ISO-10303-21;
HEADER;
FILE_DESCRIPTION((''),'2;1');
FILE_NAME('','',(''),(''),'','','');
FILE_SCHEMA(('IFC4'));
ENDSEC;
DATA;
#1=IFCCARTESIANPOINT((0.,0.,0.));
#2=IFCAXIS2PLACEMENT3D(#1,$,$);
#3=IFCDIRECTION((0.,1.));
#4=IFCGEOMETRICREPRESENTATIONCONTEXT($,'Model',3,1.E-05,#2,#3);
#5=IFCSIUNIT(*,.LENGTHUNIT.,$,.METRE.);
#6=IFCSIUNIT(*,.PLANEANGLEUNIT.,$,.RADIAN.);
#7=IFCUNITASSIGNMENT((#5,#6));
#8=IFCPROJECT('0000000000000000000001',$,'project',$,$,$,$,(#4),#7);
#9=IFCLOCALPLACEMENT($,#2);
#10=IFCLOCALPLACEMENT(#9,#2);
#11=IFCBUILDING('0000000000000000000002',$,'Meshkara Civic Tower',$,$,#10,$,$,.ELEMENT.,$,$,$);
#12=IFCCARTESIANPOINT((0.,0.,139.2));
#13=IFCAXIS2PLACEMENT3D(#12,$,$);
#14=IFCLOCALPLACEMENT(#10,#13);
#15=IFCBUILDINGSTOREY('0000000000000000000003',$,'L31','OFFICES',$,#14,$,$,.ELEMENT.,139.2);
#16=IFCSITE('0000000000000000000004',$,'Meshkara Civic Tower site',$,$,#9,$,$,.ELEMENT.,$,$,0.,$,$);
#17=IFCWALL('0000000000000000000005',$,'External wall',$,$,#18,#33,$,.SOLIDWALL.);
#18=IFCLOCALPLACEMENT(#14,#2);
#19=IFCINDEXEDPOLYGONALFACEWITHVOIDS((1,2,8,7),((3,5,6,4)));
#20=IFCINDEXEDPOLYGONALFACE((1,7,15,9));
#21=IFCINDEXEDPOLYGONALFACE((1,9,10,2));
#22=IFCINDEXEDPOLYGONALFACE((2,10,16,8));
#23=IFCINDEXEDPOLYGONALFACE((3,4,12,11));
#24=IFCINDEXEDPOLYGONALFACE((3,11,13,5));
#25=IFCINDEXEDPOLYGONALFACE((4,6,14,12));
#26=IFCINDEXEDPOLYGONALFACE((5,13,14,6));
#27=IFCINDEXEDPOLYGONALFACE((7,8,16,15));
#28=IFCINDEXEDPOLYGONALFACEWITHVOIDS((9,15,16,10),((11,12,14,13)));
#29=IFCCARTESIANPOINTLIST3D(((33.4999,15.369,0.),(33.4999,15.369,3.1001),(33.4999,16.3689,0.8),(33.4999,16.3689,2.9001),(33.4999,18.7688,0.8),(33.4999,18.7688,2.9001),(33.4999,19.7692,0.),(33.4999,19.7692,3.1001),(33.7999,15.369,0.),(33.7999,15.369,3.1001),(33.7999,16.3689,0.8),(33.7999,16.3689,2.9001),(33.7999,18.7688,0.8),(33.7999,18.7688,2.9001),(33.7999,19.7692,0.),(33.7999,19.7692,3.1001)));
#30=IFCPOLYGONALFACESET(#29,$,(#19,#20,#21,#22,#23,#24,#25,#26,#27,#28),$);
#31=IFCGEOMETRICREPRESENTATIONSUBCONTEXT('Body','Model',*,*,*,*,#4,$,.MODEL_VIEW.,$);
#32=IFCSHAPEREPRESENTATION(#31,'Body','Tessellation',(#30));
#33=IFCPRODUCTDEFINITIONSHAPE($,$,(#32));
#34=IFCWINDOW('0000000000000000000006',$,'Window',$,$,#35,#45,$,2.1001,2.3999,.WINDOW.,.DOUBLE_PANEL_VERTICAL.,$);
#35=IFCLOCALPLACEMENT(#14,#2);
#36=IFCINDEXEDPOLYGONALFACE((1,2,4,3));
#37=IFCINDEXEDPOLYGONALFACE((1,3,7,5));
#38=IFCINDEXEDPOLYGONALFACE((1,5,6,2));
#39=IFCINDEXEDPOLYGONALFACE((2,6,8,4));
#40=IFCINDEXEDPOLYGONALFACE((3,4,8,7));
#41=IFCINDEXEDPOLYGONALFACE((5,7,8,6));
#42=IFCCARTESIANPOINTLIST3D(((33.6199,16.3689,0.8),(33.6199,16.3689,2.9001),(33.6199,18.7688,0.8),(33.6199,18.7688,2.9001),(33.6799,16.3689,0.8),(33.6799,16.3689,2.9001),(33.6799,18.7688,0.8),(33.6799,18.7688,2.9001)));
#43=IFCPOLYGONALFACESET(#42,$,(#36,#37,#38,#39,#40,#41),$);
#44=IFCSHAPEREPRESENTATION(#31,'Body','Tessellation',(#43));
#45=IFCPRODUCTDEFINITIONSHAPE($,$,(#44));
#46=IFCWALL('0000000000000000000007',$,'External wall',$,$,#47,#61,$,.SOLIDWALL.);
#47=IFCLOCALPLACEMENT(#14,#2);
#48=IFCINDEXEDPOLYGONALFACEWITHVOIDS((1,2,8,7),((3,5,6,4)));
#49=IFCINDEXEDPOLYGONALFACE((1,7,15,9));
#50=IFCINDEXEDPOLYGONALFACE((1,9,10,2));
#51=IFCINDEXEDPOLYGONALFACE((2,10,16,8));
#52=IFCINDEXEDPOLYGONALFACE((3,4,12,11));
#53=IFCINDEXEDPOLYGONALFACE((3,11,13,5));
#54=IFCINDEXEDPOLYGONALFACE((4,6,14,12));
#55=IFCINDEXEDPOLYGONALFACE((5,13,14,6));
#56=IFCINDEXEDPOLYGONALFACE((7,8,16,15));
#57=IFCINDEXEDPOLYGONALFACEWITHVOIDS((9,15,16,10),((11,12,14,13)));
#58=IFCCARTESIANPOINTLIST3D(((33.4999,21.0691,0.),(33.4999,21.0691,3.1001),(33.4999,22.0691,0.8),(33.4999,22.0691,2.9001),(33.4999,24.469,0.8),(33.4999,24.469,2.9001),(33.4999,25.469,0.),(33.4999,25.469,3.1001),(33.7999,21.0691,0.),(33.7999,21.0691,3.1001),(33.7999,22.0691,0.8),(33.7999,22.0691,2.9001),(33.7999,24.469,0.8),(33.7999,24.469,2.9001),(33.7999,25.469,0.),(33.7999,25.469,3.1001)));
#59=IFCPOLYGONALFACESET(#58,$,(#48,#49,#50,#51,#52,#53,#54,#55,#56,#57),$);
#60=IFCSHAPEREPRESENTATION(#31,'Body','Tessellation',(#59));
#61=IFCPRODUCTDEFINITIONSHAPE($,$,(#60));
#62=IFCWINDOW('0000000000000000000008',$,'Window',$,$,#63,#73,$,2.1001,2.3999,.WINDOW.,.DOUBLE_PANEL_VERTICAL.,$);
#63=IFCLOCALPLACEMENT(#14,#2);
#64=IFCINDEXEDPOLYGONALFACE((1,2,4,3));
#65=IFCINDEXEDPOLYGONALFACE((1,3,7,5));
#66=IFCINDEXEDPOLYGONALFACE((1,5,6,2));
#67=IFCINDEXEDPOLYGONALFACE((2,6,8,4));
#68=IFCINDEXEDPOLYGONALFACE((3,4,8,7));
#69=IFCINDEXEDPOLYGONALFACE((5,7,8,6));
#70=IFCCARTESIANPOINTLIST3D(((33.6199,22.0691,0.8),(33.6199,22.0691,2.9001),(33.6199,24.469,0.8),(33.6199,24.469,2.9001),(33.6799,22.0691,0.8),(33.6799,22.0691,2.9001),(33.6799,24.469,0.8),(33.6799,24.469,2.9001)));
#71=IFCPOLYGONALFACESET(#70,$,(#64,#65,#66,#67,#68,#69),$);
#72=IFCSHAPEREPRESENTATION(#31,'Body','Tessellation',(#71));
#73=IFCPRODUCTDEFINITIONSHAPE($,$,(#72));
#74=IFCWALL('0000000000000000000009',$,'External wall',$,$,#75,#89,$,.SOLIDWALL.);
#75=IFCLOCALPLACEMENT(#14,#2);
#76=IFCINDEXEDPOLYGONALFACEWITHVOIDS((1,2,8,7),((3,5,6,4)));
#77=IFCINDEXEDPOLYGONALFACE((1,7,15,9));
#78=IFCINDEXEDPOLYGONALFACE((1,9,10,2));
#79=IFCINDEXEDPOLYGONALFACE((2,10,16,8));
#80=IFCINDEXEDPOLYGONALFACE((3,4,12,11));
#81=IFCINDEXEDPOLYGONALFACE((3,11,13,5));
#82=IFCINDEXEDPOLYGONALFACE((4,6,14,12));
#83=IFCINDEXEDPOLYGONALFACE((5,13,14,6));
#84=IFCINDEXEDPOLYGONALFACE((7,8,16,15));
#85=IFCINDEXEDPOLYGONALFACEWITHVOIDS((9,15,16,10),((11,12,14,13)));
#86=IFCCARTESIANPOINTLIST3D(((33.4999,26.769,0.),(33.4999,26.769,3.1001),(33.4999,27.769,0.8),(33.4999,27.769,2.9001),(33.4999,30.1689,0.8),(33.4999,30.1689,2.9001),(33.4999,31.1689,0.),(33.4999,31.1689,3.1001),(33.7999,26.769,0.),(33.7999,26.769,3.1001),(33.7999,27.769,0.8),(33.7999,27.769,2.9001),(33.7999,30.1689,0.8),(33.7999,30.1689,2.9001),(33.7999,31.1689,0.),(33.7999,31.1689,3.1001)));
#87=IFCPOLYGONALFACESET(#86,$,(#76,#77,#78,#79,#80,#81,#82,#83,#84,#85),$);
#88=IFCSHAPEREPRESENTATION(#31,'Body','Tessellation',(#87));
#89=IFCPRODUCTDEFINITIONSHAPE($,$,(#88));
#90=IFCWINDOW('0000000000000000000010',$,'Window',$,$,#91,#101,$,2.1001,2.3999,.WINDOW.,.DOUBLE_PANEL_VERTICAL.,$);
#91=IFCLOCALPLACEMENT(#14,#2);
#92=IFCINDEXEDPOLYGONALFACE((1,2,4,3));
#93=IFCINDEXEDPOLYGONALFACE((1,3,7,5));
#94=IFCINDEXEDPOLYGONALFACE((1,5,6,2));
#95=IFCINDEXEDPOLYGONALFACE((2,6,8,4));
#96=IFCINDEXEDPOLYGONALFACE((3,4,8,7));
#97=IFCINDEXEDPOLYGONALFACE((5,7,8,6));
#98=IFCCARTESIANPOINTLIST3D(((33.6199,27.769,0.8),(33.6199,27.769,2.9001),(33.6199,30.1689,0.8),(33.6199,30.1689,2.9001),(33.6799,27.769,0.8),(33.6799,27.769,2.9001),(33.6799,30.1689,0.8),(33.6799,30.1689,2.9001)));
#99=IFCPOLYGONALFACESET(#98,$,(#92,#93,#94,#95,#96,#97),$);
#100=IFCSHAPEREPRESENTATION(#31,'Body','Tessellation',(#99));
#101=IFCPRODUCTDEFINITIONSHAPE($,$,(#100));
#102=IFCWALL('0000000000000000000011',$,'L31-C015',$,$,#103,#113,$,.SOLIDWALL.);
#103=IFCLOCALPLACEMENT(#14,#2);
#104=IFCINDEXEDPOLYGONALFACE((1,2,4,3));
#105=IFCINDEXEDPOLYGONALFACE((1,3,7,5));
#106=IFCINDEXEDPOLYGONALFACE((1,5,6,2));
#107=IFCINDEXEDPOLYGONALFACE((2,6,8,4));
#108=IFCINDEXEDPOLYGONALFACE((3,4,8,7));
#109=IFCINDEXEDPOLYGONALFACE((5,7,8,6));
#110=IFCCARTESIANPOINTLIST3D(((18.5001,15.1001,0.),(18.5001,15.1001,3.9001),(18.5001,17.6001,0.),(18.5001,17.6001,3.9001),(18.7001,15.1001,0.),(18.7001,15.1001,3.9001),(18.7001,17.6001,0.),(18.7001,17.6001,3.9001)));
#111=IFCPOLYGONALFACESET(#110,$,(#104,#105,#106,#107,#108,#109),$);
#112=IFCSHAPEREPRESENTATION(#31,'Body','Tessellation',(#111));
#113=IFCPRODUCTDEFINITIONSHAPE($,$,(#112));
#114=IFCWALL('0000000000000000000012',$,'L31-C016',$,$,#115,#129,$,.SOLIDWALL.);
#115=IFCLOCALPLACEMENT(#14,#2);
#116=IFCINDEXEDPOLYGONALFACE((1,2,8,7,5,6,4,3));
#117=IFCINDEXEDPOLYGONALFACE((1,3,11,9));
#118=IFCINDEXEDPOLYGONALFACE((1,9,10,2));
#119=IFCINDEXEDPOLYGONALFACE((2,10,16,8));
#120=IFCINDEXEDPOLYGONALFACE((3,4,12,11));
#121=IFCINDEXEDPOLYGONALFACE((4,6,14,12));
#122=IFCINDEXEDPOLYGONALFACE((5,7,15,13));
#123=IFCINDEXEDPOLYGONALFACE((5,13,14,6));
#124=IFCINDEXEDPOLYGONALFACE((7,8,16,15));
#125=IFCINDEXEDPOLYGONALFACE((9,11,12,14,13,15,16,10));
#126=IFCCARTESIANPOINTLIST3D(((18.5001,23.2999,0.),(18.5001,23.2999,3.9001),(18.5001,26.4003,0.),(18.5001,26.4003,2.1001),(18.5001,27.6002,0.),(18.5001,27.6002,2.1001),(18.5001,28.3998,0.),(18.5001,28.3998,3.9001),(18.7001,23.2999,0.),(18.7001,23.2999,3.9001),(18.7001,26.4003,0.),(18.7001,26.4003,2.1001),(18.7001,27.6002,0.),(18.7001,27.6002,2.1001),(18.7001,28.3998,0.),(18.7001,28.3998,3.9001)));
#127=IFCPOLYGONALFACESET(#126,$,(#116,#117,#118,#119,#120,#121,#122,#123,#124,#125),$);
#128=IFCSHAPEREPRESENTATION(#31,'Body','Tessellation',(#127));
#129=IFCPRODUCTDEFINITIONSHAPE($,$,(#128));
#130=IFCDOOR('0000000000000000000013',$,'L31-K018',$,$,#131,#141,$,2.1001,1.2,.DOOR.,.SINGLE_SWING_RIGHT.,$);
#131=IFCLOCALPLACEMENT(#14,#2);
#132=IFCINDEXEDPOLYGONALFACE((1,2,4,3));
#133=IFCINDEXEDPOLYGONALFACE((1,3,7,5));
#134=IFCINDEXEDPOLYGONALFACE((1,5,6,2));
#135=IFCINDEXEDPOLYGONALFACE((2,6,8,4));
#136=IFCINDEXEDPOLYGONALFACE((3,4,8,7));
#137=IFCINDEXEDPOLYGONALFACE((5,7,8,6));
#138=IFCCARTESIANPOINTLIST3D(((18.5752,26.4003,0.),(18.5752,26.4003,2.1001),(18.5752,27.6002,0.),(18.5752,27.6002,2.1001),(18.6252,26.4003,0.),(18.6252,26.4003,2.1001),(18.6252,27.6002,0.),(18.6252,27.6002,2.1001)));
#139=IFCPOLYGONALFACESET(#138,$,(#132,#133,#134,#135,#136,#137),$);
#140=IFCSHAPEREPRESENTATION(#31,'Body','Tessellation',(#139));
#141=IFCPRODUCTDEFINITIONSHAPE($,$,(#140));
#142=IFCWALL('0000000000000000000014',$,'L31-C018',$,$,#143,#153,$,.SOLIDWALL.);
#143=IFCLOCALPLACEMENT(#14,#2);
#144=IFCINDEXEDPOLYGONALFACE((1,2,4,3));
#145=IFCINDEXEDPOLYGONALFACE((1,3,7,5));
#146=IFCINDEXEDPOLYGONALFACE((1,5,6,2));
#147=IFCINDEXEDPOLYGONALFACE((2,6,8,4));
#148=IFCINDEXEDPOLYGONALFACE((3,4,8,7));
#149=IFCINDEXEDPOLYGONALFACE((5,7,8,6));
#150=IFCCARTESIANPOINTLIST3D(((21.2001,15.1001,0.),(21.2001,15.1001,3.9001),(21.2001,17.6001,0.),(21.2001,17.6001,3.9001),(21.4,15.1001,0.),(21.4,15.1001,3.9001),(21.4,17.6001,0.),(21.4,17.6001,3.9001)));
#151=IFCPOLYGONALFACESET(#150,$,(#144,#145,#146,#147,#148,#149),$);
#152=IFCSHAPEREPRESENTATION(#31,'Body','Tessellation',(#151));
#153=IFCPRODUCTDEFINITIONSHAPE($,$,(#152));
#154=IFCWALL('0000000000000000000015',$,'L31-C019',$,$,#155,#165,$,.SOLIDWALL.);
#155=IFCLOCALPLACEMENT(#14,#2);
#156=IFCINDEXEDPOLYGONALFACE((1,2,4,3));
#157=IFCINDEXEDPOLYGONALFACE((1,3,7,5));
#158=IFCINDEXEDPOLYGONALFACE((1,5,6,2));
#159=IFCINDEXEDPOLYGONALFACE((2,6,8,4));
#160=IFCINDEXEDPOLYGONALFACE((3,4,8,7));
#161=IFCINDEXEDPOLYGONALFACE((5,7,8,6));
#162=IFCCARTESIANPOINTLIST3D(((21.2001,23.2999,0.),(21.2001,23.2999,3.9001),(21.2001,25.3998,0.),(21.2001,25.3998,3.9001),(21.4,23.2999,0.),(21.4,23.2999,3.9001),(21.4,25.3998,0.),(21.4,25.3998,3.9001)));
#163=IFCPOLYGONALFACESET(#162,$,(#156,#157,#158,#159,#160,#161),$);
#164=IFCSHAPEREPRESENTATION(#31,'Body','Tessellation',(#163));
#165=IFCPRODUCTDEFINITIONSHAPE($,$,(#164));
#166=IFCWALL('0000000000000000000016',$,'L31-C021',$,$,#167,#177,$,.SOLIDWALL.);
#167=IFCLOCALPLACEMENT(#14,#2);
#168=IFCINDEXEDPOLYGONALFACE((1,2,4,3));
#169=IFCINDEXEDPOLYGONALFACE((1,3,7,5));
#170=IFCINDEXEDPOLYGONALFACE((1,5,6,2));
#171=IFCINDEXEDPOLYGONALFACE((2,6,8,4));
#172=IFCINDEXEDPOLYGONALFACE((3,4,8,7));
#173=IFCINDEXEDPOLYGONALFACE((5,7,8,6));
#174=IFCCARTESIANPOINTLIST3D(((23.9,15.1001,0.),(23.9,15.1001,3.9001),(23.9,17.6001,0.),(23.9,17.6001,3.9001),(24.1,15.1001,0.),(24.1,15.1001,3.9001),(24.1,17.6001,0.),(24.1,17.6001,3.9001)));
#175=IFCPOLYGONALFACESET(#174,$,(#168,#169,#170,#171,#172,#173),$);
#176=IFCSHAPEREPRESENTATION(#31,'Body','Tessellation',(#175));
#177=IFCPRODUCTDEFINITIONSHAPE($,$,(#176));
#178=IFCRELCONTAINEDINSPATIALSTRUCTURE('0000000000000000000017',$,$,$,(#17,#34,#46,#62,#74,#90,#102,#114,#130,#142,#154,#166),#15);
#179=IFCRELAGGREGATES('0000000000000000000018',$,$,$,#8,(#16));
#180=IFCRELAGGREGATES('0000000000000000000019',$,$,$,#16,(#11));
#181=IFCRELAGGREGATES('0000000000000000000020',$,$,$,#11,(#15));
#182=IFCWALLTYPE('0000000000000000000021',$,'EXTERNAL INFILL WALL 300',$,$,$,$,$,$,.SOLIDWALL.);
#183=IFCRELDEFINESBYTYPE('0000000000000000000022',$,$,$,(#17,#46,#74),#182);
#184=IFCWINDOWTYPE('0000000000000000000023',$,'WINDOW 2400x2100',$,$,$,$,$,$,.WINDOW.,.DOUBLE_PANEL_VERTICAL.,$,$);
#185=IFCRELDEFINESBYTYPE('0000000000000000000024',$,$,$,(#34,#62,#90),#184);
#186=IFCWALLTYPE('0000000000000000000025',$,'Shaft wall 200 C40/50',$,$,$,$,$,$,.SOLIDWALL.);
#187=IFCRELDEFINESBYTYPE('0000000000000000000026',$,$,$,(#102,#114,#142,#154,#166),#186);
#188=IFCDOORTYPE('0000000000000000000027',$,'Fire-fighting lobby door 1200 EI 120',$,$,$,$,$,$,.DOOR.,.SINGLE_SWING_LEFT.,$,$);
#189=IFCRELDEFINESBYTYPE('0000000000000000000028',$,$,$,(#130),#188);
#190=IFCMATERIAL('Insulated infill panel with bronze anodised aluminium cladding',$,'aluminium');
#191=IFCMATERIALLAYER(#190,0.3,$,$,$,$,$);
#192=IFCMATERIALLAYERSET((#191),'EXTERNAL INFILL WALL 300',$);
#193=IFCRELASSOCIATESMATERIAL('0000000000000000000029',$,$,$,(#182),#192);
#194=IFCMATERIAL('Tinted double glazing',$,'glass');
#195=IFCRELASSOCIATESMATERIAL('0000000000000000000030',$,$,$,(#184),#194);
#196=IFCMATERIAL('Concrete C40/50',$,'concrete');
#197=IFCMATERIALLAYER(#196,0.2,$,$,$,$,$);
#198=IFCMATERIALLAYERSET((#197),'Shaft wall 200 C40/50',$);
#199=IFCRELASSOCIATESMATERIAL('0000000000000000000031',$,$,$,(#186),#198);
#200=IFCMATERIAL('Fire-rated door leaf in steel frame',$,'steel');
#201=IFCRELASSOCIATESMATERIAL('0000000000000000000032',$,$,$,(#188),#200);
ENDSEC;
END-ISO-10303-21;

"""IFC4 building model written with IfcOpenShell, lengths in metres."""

from ifc_helpers import new_model, si_unit, direction, frame, frame_2d, origin, place, context, subcontext, project, spatial, rectangle, extrude, material, layer, layer_set, type_object, element, fill, save


model = new_model("IFC4")

# Units and contexts
model_context = context("Model", 3, precision=1e-05, world=origin(), true_north=direction((0.0, 1.0)))
body_context = subcontext(model_context, "Body", "Model", "MODEL_VIEW")
ifc_project = project(units=[si_unit("LENGTHUNIT", "METRE"), si_unit("PLANEANGLEUNIT", "RADIAN")], contexts=[model_context])

# Site, building, storey
site_placement = place(None, origin())
site = spatial("IfcSite", under=ifc_project, at=site_placement, Name="Meshkara Civic Tower site", CompositionType="ELEMENT", RefElevation=0.0)
building_placement = place(site_placement, origin())
building = spatial("IfcBuilding", under=site, at=building_placement, Name="Meshkara Civic Tower", CompositionType="ELEMENT")
storey_placement = place(building_placement, frame((0.0, 0.0, 139.2)))
storey = spatial("IfcBuildingStorey", under=building, at=storey_placement, Name="L31", Description="OFFICES", CompositionType="ELEMENT", Elevation=139.2)

# Walls, openings, windows
ifc_material_1 = material(Name="Insulated infill panel with bronze anodised aluminium cladding", Category="aluminium")
ifc_layer_1 = layer(ifc_material_1, 0.3)
ifc_layer_set_1 = layer_set([ifc_layer_1], Name="EXTERNAL INFILL WALL 300")
wall_type_1 = type_object("IfcWallType", Name="EXTERNAL INFILL WALL 300", PredefinedType="SOLIDWALL", material=ifc_layer_set_1)
ifc_material_2 = material(Name="Tinted double glazing", Category="glass")
window_type = type_object("IfcWindowType", Name="WINDOW 2400x2100", PartitioningType="DOUBLE_PANEL_VERTICAL", PredefinedType="WINDOW", material=ifc_material_2)
wall_1_placement = place(storey_placement, frame((33.6499, 15.3689, 0.0), z_axis=(0.0, 0.0, 1.0), x_axis=(0.0, 1.0, 0.0)))
wall_1 = element("IfcWall", 1, at=wall_1_placement, inside=storey, type_object=wall_type_1, Name="External wall", PredefinedType="SOLIDWALL", context=body_context, shape_type="SweptSolid", body=[
    extrude(rectangle(XDim=4.4001, YDim=0.3, at=frame_2d((2.2002, 0.0))), origin(), (0.0, 0.0, 1.0), 3.1001),
])
opening_1_placement = place(wall_1_placement, frame((1.0, 0.0, 0.8)))
opening_1 = element("IfcOpeningElement", 2, at=opening_1_placement, cuts=wall_1, PredefinedType="OPENING", context=body_context, shape_type="SweptSolid", body=[
    extrude(rectangle(XDim=2.3999, YDim=2.1001, at=frame_2d((1.2, 1.05))), frame((0.0, 0.1599, 0.0), z_axis=(0.0, -1.0, 0.0), x_axis=(1.0, 0.0, 0.0)), (0.0, 0.0, 1.0), 0.3201),
])
window_1_placement = place(opening_1_placement, origin())
window_1 = element("IfcWindow", 3, at=window_1_placement, inside=storey, type_object=window_type, Name="Window", OverallHeight=2.1001, OverallWidth=2.3999, PartitioningType="DOUBLE_PANEL_VERTICAL", PredefinedType="WINDOW", context=body_context, shape_type="SweptSolid", body=[
    extrude(rectangle(XDim=2.3999, YDim=2.1001, at=frame_2d((1.2, 1.05))), frame((0.0, 0.03, 0.0), z_axis=(0.0, -1.0, 0.0), x_axis=(1.0, 0.0, 0.0)), (0.0, 0.0, 1.0), 0.0601),
])
fill(opening_1, window_1)
wall_2_placement = place(storey_placement, frame((33.6499, 21.0691, 0.0), z_axis=(0.0, 0.0, 1.0), x_axis=(0.0, 1.0, 0.0)))
wall_2 = element("IfcWall", 4, at=wall_2_placement, inside=storey, type_object=wall_type_1, Name="External wall", PredefinedType="SOLIDWALL", context=body_context, shape_type="SweptSolid", body=[
    extrude(rectangle(XDim=4.3999, YDim=0.3, at=frame_2d((2.2, 0.0))), origin(), (0.0, 0.0, 1.0), 3.1001),
])
opening_2_placement = place(wall_2_placement, frame((1.0, 0.0, 0.8)))
opening_2 = element("IfcOpeningElement", 5, at=opening_2_placement, cuts=wall_2, PredefinedType="OPENING", context=body_context, shape_type="SweptSolid", body=[
    extrude(rectangle(XDim=2.3999, YDim=2.1001, at=frame_2d((1.2, 1.05))), frame((0.0, 0.1599, 0.0), z_axis=(0.0, -1.0, 0.0), x_axis=(1.0, 0.0, 0.0)), (0.0, 0.0, 1.0), 0.3201),
])
window_2_placement = place(opening_2_placement, origin())
window_2 = element("IfcWindow", 6, at=window_2_placement, inside=storey, type_object=window_type, Name="Window", OverallHeight=2.1001, OverallWidth=2.3999, PartitioningType="DOUBLE_PANEL_VERTICAL", PredefinedType="WINDOW", context=body_context, shape_type="SweptSolid", body=[
    extrude(rectangle(XDim=2.3999, YDim=2.1001, at=frame_2d((1.2, 1.05))), frame((0.0, 0.03, 0.0), z_axis=(0.0, -1.0, 0.0), x_axis=(1.0, 0.0, 0.0)), (0.0, 0.0, 1.0), 0.0601),
])
fill(opening_2, window_2)
wall_3_placement = place(storey_placement, frame((33.6499, 26.769, 0.0), z_axis=(0.0, 0.0, 1.0), x_axis=(0.0, 1.0, 0.0)))
wall_3 = element("IfcWall", 7, at=wall_3_placement, inside=storey, type_object=wall_type_1, Name="External wall", PredefinedType="SOLIDWALL", context=body_context, shape_type="SweptSolid", body=[
    extrude(rectangle(XDim=4.3999, YDim=0.3, at=frame_2d((2.2, 0.0))), origin(), (0.0, 0.0, 1.0), 3.1001),
])
opening_3_placement = place(wall_3_placement, frame((1.0, 0.0, 0.8)))
opening_3 = element("IfcOpeningElement", 8, at=opening_3_placement, cuts=wall_3, PredefinedType="OPENING", context=body_context, shape_type="SweptSolid", body=[
    extrude(rectangle(XDim=2.3999, YDim=2.1001, at=frame_2d((1.2, 1.05))), frame((0.0, 0.1599, 0.0), z_axis=(0.0, -1.0, 0.0), x_axis=(1.0, 0.0, 0.0)), (0.0, 0.0, 1.0), 0.3201),
])
window_3_placement = place(opening_3_placement, origin())
window_3 = element("IfcWindow", 9, at=window_3_placement, inside=storey, type_object=window_type, Name="Window", OverallHeight=2.1001, OverallWidth=2.3999, PartitioningType="DOUBLE_PANEL_VERTICAL", PredefinedType="WINDOW", context=body_context, shape_type="SweptSolid", body=[
    extrude(rectangle(XDim=2.3999, YDim=2.1001, at=frame_2d((1.2, 1.05))), frame((0.0, 0.03, 0.0), z_axis=(0.0, -1.0, 0.0), x_axis=(1.0, 0.0, 0.0)), (0.0, 0.0, 1.0), 0.0601),
])
fill(opening_3, window_3)

# Wall
ifc_material_3 = material(Name="Concrete C40/50", Category="concrete")
ifc_layer_2 = layer(ifc_material_3, 0.2)
ifc_layer_set_2 = layer_set([ifc_layer_2], Name="Shaft wall 200 C40/50")
wall_type_2 = type_object("IfcWallType", Name="Shaft wall 200 C40/50", PredefinedType="SOLIDWALL", material=ifc_layer_set_2)
wall_4_placement = place(storey_placement, frame((18.6001, 15.1001, 0.0), z_axis=(0.0, 0.0, 1.0), x_axis=(0.0, 1.0, 0.0)))
element("IfcWall", 10, at=wall_4_placement, inside=storey, type_object=wall_type_2, Name="L31-C015", PredefinedType="SOLIDWALL", context=body_context, shape_type="SweptSolid", body=[
    extrude(rectangle(XDim=2.5, YDim=0.2, at=frame_2d((1.25, 0.0))), origin(), (0.0, 0.0, 1.0), 3.9001),
])

# Wall, opening, door
wall_5_placement = place(storey_placement, frame((18.6001, 23.3, 0.0), z_axis=(0.0, 0.0, 1.0), x_axis=(0.0, 1.0, 0.0)))
wall_5 = element("IfcWall", 11, at=wall_5_placement, inside=storey, type_object=wall_type_2, Name="L31-C016", PredefinedType="SOLIDWALL", context=body_context, shape_type="SweptSolid", body=[
    extrude(rectangle(XDim=5.0999, YDim=0.2, at=frame_2d((2.5498, 0.0))), origin(), (0.0, 0.0, 1.0), 3.9001),
])
opening_4_placement = place(wall_5_placement, frame((3.1001, 0.0, 0.0)))
opening_4 = element("IfcOpeningElement", 12, at=opening_4_placement, cuts=wall_5, PredefinedType="OPENING", context=body_context, shape_type="SweptSolid", body=[
    extrude(rectangle(XDim=1.2, YDim=2.1001, at=frame_2d((0.6001, 1.05))), frame((0.0, 0.1099, 0.0), z_axis=(0.0, -1.0, 0.0), x_axis=(1.0, 0.0, 0.0)), (0.0, 0.0, 1.0), 0.22),
])
ifc_material_4 = material(Name="Fire-rated door leaf in steel frame", Category="steel")
door_type_1 = type_object("IfcDoorType", Name="Fire-fighting lobby door 1200 EI 120", OperationType="SINGLE_SWING_LEFT", PredefinedType="DOOR", material=ifc_material_4)
door_1_placement = place(opening_4_placement, origin())
door_1 = element("IfcDoor", 13, at=door_1_placement, inside=storey, type_object=door_type_1, Name="L31-K018", OperationType="SINGLE_SWING_RIGHT", OverallHeight=2.1001, OverallWidth=1.2, PredefinedType="DOOR", context=body_context, shape_type="SweptSolid", body=[
    extrude(rectangle(XDim=1.2, YDim=2.1001, at=frame_2d((0.6001, 1.05))), frame((0.0, 0.0249, 0.0), z_axis=(0.0, -1.0, 0.0), x_axis=(1.0, 0.0, 0.0)), (0.0, 0.0, 1.0), 0.05),
])
fill(opening_4, door_1)

# Walls
wall_6_placement = place(storey_placement, frame((21.3, 15.1001, 0.0), z_axis=(0.0, 0.0, 1.0), x_axis=(0.0, 1.0, 0.0)))
element("IfcWall", 14, at=wall_6_placement, inside=storey, type_object=wall_type_2, Name="L31-C018", PredefinedType="SOLIDWALL", context=body_context, shape_type="SweptSolid", body=[
    extrude(rectangle(XDim=2.5, YDim=0.2, at=frame_2d((1.25, 0.0))), origin(), (0.0, 0.0, 1.0), 3.9001),
])
wall_7_placement = place(storey_placement, frame((21.3, 23.3, 0.0), z_axis=(0.0, 0.0, 1.0), x_axis=(0.0, 1.0, 0.0)))
element("IfcWall", 15, at=wall_7_placement, inside=storey, type_object=wall_type_2, Name="L31-C019", PredefinedType="SOLIDWALL", context=body_context, shape_type="SweptSolid", body=[
    extrude(rectangle(XDim=2.0999, YDim=0.2, at=frame_2d((1.0498, 0.0))), origin(), (0.0, 0.0, 1.0), 3.9001),
])
wall_8_placement = place(storey_placement, frame((24.0, 15.1001, 0.0), z_axis=(0.0, 0.0, 1.0), x_axis=(0.0, 1.0, 0.0)))
element("IfcWall", 16, at=wall_8_placement, inside=storey, type_object=wall_type_2, Name="L31-C021", PredefinedType="SOLIDWALL", context=body_context, shape_type="SweptSolid", body=[
    extrude(rectangle(XDim=2.5, YDim=0.2, at=frame_2d((1.25, 0.0))), origin(), (0.0, 0.0, 1.0), 3.9001),
])

save(model, "model.ifc")
